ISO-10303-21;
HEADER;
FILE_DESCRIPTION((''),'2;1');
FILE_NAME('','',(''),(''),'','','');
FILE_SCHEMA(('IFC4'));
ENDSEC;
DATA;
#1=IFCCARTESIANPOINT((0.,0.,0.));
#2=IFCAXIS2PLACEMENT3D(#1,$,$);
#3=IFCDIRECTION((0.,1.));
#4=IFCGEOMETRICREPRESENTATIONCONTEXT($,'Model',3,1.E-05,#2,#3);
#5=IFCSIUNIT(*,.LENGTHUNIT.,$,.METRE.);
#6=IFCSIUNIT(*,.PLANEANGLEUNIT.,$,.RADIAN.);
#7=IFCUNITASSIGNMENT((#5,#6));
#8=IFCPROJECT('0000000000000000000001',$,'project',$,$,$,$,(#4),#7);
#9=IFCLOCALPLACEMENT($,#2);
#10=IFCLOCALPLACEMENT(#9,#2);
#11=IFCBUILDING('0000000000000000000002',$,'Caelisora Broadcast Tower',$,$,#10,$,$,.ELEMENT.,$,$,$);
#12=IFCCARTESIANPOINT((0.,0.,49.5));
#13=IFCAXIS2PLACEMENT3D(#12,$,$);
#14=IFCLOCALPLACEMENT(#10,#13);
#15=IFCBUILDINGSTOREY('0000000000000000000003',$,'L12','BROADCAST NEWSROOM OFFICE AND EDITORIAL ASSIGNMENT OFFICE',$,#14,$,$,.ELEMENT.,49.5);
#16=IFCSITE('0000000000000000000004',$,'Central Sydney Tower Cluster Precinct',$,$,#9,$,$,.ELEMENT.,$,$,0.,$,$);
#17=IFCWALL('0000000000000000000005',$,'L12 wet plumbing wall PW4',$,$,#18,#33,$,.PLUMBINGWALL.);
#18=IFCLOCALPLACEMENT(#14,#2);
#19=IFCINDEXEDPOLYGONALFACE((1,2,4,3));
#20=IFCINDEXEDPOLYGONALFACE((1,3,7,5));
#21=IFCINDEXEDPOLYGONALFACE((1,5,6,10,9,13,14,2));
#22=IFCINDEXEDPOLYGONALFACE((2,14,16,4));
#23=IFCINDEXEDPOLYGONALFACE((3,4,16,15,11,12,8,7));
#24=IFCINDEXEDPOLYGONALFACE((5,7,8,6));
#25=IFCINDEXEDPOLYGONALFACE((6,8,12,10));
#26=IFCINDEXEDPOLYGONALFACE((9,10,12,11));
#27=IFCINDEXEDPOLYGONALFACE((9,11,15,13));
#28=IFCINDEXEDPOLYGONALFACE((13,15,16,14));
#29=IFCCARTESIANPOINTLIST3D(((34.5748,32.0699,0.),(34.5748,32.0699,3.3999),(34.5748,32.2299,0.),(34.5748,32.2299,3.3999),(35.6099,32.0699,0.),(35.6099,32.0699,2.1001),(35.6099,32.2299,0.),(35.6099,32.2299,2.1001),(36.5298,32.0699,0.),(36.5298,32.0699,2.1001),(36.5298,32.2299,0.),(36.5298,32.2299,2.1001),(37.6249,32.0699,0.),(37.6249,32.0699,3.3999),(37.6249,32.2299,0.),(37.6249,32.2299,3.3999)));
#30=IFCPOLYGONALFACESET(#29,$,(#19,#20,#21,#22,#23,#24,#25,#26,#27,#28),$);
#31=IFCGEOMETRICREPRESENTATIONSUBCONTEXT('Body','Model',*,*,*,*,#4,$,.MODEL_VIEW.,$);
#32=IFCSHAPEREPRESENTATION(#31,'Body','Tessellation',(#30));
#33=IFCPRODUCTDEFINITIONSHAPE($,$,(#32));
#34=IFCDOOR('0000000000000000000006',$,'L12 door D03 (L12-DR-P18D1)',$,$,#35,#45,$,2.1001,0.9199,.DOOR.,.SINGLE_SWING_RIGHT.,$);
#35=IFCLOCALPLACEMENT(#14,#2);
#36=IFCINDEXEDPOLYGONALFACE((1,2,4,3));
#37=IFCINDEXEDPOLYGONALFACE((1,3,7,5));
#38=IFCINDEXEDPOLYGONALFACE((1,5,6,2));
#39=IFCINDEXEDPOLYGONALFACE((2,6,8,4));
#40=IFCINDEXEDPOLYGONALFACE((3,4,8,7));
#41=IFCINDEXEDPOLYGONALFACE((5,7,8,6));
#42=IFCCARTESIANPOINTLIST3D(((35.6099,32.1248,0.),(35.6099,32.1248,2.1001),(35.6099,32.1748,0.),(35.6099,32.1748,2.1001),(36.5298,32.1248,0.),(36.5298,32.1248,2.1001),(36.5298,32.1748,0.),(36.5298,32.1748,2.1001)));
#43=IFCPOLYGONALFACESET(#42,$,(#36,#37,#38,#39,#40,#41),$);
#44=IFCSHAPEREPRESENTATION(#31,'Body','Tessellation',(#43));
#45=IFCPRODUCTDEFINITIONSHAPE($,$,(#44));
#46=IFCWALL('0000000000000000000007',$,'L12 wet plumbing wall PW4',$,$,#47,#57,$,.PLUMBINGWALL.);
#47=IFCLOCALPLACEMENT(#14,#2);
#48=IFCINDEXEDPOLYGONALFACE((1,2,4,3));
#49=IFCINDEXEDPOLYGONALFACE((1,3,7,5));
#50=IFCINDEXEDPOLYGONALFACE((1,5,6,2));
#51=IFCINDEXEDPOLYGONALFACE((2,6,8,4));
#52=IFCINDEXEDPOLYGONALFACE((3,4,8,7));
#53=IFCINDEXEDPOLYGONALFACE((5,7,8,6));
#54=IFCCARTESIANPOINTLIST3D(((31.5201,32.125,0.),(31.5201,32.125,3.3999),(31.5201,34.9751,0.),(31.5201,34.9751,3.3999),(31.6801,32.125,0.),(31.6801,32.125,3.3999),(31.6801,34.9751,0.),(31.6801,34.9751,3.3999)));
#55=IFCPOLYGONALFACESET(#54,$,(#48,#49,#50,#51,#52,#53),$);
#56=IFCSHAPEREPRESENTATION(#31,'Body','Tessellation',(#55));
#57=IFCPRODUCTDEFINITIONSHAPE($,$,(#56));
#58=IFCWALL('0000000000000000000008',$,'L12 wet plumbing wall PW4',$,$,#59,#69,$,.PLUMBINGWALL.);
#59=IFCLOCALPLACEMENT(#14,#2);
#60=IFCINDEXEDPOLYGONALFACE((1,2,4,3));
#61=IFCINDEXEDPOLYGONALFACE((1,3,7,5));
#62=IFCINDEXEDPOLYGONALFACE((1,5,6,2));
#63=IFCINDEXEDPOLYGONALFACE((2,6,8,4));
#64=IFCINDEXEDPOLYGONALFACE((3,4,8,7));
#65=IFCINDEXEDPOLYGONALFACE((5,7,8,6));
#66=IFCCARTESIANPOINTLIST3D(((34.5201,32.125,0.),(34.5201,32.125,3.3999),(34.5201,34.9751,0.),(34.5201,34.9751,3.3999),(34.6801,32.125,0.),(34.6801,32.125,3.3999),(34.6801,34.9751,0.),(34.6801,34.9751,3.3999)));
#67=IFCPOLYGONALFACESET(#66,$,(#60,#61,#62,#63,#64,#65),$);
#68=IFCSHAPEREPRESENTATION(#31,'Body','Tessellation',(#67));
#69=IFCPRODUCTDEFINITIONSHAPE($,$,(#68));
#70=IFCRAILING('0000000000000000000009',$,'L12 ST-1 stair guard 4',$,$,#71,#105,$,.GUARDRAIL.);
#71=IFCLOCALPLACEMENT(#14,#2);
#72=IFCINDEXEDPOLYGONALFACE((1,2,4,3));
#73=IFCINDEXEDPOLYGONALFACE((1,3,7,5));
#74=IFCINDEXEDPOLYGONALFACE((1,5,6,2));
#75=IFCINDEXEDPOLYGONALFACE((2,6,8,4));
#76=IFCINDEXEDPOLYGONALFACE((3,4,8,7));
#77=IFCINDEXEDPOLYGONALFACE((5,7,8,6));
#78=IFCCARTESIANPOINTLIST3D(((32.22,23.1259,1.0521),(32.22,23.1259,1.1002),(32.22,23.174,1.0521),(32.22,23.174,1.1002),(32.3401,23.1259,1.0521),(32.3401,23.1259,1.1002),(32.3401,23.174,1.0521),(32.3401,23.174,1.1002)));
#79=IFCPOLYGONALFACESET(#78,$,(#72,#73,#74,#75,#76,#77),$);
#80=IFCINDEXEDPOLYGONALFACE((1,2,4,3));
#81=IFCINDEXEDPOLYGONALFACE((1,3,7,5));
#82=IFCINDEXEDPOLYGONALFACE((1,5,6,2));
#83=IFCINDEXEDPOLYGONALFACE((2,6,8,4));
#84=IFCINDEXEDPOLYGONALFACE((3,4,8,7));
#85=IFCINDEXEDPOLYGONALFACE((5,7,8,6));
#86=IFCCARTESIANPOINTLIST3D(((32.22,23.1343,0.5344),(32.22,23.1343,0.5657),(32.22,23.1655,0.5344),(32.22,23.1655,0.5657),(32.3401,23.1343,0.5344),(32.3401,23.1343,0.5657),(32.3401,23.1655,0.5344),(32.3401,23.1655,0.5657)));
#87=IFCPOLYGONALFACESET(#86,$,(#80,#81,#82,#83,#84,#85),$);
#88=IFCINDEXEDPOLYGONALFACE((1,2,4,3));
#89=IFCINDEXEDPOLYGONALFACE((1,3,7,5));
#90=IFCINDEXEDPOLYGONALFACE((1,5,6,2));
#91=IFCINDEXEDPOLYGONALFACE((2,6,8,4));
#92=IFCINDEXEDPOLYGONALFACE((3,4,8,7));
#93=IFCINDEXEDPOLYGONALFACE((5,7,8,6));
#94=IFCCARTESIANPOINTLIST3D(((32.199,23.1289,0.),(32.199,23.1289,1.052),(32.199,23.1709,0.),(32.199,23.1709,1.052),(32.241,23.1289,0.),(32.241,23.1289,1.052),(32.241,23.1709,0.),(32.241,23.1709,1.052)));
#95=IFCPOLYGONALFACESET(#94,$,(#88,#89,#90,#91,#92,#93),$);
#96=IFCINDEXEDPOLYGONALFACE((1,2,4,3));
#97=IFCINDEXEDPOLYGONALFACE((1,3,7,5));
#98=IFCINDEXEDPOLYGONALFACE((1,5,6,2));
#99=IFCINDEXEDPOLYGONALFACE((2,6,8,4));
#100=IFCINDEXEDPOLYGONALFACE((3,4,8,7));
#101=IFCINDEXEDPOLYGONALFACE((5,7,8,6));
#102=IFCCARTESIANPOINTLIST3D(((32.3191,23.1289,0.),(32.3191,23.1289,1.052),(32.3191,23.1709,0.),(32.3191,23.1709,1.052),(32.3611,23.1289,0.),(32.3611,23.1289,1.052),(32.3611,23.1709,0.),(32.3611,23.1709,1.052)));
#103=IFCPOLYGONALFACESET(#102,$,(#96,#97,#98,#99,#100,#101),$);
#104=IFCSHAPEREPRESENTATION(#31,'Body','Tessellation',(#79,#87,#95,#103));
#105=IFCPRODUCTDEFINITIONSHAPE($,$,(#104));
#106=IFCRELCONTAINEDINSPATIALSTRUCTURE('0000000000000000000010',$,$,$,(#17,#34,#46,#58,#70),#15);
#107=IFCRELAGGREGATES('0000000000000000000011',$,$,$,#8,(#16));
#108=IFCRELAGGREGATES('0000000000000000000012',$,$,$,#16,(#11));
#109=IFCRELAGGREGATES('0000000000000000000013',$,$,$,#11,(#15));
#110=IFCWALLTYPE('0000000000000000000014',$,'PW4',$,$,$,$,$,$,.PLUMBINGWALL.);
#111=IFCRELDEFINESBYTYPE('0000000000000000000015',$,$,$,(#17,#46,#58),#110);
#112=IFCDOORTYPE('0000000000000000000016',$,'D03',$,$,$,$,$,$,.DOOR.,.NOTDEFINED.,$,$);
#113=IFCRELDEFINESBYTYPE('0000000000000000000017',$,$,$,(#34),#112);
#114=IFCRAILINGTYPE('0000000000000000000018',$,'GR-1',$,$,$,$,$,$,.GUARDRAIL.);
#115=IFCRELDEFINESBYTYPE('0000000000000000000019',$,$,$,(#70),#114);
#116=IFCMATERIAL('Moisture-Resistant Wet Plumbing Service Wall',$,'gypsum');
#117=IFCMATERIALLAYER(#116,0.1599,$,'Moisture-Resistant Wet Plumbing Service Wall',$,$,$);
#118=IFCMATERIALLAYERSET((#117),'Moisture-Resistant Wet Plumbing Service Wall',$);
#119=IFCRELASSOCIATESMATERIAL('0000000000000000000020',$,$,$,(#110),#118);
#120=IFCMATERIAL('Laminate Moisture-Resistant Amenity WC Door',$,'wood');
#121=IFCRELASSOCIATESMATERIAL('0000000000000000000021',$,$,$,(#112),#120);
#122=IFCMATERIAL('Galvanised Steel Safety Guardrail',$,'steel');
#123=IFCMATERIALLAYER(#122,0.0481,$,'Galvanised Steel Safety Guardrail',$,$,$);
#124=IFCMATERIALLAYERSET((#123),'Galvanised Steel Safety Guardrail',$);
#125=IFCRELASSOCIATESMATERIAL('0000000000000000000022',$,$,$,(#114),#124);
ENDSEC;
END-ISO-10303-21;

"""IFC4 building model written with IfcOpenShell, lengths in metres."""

from ifc_helpers import new_model, si_unit, direction, frame, frame_2d, origin, origin_2d, place, context, subcontext, project, spatial, rectangle, extrude, material, layer, layer_set, type_object, element, fill, save


model = new_model("IFC4")

# Units and contexts
model_context = context("Model", 3, precision=1e-05, world=origin(), true_north=direction((0.0, 1.0)))
body_context = subcontext(model_context, "Body", "Model", "MODEL_VIEW")
ifc_project = project(units=[si_unit("LENGTHUNIT", "METRE"), si_unit("PLANEANGLEUNIT", "RADIAN")], contexts=[model_context])

# Site, building, storey
site_placement = place(None, origin())
site = spatial("IfcSite", under=ifc_project, at=site_placement, Name="Central Sydney Tower Cluster Precinct", CompositionType="ELEMENT", RefElevation=0.0)
building_placement = place(site_placement, origin())
building = spatial("IfcBuilding", under=site, at=building_placement, Name="Caelisora Broadcast Tower", CompositionType="ELEMENT")
storey_placement = place(building_placement, frame((0.0, 0.0, 49.5)))
storey = spatial("IfcBuildingStorey", under=building, at=storey_placement, Name="L12", Description="BROADCAST NEWSROOM OFFICE AND EDITORIAL ASSIGNMENT OFFICE", CompositionType="ELEMENT", Elevation=49.5)

# Wall, opening, door
ifc_material_1 = material(Name="Moisture-Resistant Wet Plumbing Service Wall", Category="gypsum")
ifc_layer_1 = layer(ifc_material_1, 0.1599, Name="Moisture-Resistant Wet Plumbing Service Wall")
ifc_layer_set_1 = layer_set([ifc_layer_1], Name="Moisture-Resistant Wet Plumbing Service Wall")
wall_type_1 = type_object("IfcWallType", Name="PW4", PredefinedType="PLUMBINGWALL", material=ifc_layer_set_1)
ifc_material_2 = material(Name="Laminate Moisture-Resistant Amenity WC Door", Category="wood")
door_type = type_object("IfcDoorType", Name="D03", OperationType="NOTDEFINED", PredefinedType="DOOR", material=ifc_material_2)
wall_1_placement = place(storey_placement, frame((34.575, 32.1499, 0.0), z_axis=(0.0, 0.0, 1.0), x_axis=(1.0, 0.0, 0.0)))
wall_1 = element("IfcWall", 1, at=wall_1_placement, inside=storey, type_object=wall_type_1, Name="L12 wet plumbing wall PW4", PredefinedType="PLUMBINGWALL", context=body_context, shape_type="SweptSolid", body=[
    extrude(rectangle(XDim=3.05, YDim=0.1599, at=frame_2d((1.5249, 0.0))), origin(), (0.0, 0.0, 1.0), 3.3999),
])
opening_1_placement = place(wall_1_placement, frame((1.0349, 0.0, 0.0)))
opening_1 = element("IfcOpeningElement", 2, at=opening_1_placement, cuts=wall_1, PredefinedType="OPENING", context=body_context, shape_type="SweptSolid", body=[
    extrude(rectangle(XDim=0.9199, YDim=2.1001, at=frame_2d((0.46, 1.05))), frame((0.0, 0.092, 0.0), z_axis=(0.0, -1.0, 0.0), x_axis=(1.0, 0.0, 0.0)), (0.0, 0.0, 1.0), 0.1838),
])
door_1_placement = place(opening_1_placement, origin())
door_1 = element("IfcDoor", 3, at=door_1_placement, inside=storey, type_object=door_type, Name="L12 door D03 (L12-DR-P18D1)", OperationType="SINGLE_SWING_RIGHT", OverallHeight=2.1001, OverallWidth=0.9199, PredefinedType="DOOR", context=body_context, shape_type="SweptSolid", body=[
    extrude(rectangle(XDim=0.9199, YDim=2.1001, at=frame_2d((0.46, 1.05))), frame((0.0, 0.0249, 0.0), z_axis=(0.0, -1.0, 0.0), x_axis=(1.0, 0.0, 0.0)), (0.0, 0.0, 1.0), 0.05),
])
fill(opening_1, door_1)

# Walls
for number, where, z_axis, x_axis, name in (
    (4, (31.6001, 32.125, 0.0), (0.0, 0.0, 1.0), (0.0, 1.0, 0.0), "L12 wet plumbing wall PW4"),
    (5, (34.6001, 32.125, 0.0), (0.0, 0.0, 1.0), (0.0, 1.0, 0.0), "L12 wet plumbing wall PW4"),
):
    element("IfcWall", number, at=place(storey_placement, frame(where, z_axis=z_axis, x_axis=x_axis)), inside=storey, type_object=wall_type_1, Name=name, PredefinedType="PLUMBINGWALL", context=body_context, shape_type="SweptSolid", body=[
        extrude(rectangle(XDim=2.8501, YDim=0.1599, at=frame_2d((1.425, 0.0))), origin(), (0.0, 0.0, 1.0), 3.3999),
    ])

# Railing
ifc_material_3 = material(Name="Galvanised Steel Safety Guardrail", Category="steel")
ifc_layer_2 = layer(ifc_material_3, 0.0481, Name="Galvanised Steel Safety Guardrail")
ifc_layer_set_2 = layer_set([ifc_layer_2], Name="Galvanised Steel Safety Guardrail")
railing_type = type_object("IfcRailingType", Name="GR-1", PredefinedType="GUARDRAIL", material=ifc_layer_set_2)
railing_placement = place(storey_placement, frame((32.22, 23.1499, 0.0)))
element("IfcRailing", 6, at=railing_placement, inside=storey, type_object=railing_type, Name="L12 ST-1 stair guard 4", PredefinedType="GUARDRAIL", context=body_context, shape_type="SweptSolid", body=[
    extrude(rectangle(XDim=0.0481, YDim=0.0481, at=origin_2d()), frame((0.0, 0.0, 1.0762), z_axis=(1.0, 0.0, 0.0), x_axis=(0.0, 1.0, 0.0)), (0.0, 0.0, 1.0), 0.1201),
    extrude(rectangle(XDim=0.0312, YDim=0.0312, at=origin_2d()), frame((0.0, 0.0, 0.55), z_axis=(1.0, 0.0, 0.0), x_axis=(0.0, 1.0, 0.0)), (0.0, 0.0, 1.0), 0.1201),
    extrude(rectangle(XDim=0.042, YDim=0.042, at=origin_2d()), origin(), (0.0, 0.0, 1.0), 1.052),
    extrude(rectangle(XDim=0.042, YDim=0.042, at=origin_2d()), frame((0.1201, 0.0, 0.0)), (0.0, 0.0, 1.0), 1.052),
])

save(model, "model.ifc")
